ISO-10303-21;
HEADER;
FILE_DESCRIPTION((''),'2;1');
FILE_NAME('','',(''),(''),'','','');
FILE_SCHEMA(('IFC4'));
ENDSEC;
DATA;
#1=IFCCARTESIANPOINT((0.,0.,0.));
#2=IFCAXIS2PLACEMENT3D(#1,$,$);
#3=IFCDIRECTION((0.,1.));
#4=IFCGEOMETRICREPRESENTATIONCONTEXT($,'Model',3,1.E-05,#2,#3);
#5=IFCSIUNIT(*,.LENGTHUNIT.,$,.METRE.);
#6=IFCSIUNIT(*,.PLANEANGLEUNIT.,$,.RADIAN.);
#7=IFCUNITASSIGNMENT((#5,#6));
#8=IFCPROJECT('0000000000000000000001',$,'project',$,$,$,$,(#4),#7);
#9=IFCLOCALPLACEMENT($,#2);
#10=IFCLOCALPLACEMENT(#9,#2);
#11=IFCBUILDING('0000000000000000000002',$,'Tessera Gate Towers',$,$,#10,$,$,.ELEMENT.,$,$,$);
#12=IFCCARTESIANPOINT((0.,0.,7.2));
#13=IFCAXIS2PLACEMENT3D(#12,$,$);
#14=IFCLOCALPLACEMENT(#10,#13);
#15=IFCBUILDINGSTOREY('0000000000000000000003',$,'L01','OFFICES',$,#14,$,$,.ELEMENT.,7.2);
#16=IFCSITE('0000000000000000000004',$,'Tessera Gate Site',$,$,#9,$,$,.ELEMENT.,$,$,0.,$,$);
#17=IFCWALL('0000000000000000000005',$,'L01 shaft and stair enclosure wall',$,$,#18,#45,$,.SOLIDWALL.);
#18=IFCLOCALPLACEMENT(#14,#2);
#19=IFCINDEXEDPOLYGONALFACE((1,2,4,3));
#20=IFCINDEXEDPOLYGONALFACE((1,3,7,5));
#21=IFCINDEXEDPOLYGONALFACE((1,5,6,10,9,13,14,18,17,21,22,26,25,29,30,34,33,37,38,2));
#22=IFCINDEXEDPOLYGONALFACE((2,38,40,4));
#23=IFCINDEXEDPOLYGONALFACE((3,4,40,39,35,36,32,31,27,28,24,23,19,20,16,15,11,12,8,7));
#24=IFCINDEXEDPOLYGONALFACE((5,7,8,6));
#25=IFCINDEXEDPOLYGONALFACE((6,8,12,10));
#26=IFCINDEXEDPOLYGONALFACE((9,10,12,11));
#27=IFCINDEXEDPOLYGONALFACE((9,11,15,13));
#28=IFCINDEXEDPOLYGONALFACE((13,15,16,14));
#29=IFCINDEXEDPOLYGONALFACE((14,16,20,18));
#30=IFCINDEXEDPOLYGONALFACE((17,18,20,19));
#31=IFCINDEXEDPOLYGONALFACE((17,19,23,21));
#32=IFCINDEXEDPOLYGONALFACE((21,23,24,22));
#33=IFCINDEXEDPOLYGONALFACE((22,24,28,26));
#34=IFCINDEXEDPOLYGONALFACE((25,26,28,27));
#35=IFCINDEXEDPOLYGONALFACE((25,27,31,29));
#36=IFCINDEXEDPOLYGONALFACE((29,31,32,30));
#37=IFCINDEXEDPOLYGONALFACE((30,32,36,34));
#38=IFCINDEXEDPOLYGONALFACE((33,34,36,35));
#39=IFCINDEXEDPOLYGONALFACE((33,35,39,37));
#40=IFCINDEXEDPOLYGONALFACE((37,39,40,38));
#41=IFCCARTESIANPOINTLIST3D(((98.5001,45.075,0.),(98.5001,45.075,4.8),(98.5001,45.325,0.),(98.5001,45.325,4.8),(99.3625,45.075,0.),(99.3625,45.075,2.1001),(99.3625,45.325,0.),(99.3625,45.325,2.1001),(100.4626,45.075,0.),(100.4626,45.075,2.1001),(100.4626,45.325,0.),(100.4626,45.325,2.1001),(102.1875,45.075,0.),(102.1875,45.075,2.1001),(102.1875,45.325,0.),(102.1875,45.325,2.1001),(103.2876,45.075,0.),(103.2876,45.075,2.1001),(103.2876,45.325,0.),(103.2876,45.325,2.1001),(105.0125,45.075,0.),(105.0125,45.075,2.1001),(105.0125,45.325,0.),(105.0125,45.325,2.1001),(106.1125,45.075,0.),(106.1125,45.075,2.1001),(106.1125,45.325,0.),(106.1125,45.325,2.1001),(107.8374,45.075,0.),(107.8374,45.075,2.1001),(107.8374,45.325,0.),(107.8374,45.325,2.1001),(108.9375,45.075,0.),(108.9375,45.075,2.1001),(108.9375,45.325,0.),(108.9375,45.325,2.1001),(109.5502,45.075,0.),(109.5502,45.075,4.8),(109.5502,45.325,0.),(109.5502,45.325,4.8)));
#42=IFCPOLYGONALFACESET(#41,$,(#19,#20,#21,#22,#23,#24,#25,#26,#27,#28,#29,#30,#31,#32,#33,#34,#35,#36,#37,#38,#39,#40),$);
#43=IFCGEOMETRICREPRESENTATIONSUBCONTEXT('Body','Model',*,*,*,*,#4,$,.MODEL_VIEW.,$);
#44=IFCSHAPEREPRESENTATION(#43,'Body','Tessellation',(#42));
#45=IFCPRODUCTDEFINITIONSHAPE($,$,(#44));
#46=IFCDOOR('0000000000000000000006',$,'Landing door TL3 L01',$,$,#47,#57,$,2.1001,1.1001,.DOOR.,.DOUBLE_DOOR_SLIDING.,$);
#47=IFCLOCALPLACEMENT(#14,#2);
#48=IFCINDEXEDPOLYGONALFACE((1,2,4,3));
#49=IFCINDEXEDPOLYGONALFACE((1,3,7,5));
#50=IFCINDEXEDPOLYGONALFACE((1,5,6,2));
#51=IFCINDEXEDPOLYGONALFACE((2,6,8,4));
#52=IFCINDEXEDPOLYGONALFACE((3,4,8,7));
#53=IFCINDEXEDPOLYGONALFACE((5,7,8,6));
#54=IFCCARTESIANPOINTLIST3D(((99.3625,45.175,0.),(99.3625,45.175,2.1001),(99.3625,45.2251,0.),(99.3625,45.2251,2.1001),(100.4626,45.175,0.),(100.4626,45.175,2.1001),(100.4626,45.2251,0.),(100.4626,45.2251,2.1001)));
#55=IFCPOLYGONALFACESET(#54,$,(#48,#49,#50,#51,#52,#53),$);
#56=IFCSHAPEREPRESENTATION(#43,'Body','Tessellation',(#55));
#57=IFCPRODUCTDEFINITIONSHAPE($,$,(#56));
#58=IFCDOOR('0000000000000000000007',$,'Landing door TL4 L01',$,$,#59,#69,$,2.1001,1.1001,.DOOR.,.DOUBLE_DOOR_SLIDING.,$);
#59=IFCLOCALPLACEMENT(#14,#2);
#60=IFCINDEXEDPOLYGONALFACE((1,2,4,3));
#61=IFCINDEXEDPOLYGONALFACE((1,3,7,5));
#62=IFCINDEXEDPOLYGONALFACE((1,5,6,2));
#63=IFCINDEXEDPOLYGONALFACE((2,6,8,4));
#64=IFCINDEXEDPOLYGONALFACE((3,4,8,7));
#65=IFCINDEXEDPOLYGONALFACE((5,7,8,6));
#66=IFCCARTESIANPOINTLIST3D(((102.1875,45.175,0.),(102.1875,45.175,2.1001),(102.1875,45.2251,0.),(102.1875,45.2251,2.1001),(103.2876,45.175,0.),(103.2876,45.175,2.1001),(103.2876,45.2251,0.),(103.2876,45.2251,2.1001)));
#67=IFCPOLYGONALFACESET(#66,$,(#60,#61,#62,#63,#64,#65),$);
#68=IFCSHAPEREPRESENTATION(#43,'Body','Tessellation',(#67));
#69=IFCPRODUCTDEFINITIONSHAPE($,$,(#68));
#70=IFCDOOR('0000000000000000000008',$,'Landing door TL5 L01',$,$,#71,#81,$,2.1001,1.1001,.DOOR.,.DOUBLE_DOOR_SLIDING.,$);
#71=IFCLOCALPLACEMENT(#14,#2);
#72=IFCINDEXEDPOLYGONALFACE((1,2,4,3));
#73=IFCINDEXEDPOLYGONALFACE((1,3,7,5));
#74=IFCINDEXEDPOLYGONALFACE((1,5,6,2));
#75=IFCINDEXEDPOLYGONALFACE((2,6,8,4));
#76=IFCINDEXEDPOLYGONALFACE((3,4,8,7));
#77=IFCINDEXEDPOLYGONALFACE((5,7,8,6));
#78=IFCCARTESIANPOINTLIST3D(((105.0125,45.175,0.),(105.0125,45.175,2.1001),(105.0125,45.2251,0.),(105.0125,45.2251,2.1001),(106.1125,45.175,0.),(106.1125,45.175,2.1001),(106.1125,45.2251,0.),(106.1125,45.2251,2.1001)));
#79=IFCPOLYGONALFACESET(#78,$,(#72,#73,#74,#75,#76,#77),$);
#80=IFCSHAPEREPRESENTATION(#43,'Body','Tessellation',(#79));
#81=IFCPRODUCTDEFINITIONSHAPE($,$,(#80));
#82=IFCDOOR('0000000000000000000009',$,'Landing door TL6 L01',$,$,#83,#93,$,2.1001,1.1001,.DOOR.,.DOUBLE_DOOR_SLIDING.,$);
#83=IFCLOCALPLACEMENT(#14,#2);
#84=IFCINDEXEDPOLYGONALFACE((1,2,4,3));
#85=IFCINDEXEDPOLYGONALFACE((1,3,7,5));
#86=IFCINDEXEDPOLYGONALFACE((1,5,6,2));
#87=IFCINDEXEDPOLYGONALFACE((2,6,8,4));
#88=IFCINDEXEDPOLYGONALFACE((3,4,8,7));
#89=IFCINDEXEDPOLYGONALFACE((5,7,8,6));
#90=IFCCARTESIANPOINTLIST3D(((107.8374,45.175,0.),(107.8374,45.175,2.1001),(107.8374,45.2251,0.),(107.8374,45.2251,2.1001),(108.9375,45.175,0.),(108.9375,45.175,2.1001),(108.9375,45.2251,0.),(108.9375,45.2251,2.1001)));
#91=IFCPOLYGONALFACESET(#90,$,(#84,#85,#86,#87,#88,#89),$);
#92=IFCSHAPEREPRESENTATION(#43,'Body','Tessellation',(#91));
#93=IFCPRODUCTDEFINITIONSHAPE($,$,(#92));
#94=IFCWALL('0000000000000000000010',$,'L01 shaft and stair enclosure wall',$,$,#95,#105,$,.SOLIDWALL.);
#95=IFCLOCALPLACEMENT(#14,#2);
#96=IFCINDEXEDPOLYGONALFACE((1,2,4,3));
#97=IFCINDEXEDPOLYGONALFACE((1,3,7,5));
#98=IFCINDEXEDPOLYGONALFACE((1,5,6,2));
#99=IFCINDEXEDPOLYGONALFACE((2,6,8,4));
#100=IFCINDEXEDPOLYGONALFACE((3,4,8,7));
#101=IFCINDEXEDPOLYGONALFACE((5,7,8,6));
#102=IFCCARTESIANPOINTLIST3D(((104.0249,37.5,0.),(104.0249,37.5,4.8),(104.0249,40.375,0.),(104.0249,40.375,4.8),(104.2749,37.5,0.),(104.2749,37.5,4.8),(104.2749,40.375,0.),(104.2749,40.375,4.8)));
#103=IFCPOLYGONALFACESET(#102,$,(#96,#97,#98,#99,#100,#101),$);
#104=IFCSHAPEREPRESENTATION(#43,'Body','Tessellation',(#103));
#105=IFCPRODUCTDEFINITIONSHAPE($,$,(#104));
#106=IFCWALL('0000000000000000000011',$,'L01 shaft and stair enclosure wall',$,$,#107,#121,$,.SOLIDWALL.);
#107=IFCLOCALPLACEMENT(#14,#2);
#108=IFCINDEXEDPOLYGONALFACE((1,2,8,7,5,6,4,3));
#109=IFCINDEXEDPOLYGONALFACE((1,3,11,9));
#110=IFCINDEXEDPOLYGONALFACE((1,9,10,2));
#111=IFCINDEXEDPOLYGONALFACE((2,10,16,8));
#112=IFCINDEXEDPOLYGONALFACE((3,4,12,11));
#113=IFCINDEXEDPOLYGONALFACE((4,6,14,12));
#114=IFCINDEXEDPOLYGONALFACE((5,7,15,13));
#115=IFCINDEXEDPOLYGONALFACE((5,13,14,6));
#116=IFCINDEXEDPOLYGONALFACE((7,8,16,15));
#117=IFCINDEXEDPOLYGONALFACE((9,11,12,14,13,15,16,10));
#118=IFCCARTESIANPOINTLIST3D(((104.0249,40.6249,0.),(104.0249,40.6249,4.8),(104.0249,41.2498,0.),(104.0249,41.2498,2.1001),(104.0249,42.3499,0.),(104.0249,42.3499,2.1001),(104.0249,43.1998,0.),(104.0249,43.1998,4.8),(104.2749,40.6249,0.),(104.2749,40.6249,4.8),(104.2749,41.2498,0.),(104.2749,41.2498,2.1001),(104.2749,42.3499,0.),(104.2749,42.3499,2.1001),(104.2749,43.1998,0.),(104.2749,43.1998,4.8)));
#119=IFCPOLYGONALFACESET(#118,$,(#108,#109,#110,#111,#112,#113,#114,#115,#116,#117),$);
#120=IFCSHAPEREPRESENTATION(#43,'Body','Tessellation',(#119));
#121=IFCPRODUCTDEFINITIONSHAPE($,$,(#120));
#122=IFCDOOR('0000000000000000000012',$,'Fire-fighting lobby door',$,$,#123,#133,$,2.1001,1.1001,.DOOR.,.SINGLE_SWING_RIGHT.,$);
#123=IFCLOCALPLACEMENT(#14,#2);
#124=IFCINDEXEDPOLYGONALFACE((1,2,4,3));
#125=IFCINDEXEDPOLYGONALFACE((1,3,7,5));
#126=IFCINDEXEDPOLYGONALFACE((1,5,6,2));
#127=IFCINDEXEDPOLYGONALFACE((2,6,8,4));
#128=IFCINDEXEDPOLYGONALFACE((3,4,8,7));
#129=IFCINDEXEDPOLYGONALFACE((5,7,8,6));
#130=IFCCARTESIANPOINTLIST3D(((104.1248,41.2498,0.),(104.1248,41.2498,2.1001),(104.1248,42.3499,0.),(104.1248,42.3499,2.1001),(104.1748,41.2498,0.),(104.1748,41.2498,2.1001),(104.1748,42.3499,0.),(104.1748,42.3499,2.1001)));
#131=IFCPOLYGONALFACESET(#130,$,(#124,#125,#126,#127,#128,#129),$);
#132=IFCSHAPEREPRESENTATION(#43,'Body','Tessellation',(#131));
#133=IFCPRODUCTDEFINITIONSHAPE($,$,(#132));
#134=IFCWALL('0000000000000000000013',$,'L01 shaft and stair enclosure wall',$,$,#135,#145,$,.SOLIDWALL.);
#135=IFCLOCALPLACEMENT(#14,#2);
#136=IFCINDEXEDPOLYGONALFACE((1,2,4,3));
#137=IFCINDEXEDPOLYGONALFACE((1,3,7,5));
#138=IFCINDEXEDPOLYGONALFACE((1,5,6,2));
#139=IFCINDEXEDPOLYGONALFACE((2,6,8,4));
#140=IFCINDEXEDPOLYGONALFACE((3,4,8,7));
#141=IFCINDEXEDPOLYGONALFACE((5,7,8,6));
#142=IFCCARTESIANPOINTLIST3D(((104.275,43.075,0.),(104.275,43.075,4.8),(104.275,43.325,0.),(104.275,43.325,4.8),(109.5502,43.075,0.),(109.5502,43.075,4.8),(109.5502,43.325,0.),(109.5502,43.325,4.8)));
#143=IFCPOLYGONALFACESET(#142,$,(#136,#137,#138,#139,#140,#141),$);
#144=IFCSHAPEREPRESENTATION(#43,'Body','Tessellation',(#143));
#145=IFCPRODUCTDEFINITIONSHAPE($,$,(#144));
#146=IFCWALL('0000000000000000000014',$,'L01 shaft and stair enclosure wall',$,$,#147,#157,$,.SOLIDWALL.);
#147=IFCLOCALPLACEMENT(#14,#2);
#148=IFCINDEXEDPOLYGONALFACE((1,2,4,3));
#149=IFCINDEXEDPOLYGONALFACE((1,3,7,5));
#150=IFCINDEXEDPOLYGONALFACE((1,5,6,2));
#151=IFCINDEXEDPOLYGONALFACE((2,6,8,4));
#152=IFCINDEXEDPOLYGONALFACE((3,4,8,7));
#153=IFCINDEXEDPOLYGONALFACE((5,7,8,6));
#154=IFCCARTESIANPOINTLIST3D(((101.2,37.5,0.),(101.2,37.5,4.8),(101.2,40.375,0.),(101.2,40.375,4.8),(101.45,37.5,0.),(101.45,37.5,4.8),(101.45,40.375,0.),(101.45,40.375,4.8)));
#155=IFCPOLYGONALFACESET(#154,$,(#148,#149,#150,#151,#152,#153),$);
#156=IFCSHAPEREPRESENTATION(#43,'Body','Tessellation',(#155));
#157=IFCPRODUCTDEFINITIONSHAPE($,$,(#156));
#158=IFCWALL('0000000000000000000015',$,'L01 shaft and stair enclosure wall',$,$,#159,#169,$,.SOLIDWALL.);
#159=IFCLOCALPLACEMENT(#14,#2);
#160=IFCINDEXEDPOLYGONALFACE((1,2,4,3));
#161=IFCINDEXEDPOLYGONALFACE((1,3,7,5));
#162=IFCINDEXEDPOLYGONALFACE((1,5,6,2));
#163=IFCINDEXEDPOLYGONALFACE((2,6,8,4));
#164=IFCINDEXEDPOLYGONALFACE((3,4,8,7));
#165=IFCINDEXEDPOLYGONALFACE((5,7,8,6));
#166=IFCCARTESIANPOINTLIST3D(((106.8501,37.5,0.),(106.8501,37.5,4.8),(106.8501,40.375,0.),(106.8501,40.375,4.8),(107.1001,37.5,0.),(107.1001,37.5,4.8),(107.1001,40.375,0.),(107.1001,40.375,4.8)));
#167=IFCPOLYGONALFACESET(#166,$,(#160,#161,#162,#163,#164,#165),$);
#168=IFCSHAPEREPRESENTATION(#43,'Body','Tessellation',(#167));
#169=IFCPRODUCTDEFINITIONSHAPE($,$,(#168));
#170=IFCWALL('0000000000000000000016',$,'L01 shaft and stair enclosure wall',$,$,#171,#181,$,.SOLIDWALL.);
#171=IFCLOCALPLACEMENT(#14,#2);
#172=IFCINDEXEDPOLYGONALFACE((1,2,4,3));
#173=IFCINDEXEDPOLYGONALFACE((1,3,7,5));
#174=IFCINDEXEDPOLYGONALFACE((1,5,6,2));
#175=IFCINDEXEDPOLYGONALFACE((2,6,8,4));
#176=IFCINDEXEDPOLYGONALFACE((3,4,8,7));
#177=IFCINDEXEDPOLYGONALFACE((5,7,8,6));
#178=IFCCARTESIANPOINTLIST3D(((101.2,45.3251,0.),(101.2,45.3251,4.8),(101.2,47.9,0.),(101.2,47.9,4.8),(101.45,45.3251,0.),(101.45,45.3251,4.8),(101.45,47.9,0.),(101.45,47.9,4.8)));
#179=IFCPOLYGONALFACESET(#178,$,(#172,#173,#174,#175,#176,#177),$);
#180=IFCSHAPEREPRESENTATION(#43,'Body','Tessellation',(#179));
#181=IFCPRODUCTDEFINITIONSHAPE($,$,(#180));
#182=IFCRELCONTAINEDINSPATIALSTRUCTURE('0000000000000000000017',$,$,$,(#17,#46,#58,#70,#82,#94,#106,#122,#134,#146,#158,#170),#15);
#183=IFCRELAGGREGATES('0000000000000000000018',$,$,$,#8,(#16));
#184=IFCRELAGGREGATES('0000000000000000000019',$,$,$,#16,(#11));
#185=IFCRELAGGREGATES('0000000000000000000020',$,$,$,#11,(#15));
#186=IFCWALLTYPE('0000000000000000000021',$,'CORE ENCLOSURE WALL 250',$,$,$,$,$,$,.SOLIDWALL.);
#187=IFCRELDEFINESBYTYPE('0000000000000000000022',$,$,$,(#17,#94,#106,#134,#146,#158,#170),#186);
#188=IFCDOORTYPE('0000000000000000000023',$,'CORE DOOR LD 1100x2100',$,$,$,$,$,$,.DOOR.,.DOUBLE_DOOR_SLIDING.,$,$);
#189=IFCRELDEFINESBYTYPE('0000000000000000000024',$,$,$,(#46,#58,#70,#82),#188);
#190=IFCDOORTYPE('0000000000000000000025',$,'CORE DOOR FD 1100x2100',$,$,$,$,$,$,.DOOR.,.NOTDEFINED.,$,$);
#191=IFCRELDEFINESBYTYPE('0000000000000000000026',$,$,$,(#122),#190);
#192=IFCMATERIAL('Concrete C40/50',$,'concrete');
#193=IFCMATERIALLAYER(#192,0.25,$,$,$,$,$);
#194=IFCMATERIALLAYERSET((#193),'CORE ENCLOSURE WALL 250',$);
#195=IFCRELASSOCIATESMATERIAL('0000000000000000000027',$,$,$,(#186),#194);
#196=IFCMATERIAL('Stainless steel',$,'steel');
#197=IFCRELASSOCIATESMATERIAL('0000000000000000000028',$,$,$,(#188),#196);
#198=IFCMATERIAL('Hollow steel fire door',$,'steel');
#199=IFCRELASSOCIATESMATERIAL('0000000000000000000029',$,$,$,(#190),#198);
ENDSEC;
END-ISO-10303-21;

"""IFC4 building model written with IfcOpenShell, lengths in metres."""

from ifc_helpers import new_model, si_unit, direction, frame, frame_2d, origin, place, context, subcontext, project, spatial, rectangle, extrude, source, transform, mapped, material, layer, layer_set, type_object, element, fill, save


model = new_model("IFC4")

# Units and contexts
model_context = context("Model", 3, precision=1e-05, world=origin(), true_north=direction((0.0, 1.0)))
body_context = subcontext(model_context, "Body", "Model", "MODEL_VIEW")
ifc_project = project(units=[si_unit("LENGTHUNIT", "METRE"), si_unit("PLANEANGLEUNIT", "RADIAN")], contexts=[model_context])

# Site, building, storey
site_placement = place(None, origin())
site = spatial("IfcSite", under=ifc_project, at=site_placement, Name="Tessera Gate Site", CompositionType="ELEMENT", RefElevation=0.0)
building_placement = place(site_placement, origin())
building = spatial("IfcBuilding", under=site, at=building_placement, Name="Tessera Gate Towers", CompositionType="ELEMENT")
storey_placement = place(building_placement, frame((0.0, 0.0, 7.2)))
storey = spatial("IfcBuildingStorey", under=building, at=storey_placement, Name="L01", Description="OFFICES", CompositionType="ELEMENT", Elevation=7.2)

# Wall, openings, doors
ifc_material_1 = material(Name="Concrete C40/50", Category="concrete")
ifc_layer_1 = layer(ifc_material_1, 0.25)
ifc_layer_set_1 = layer_set([ifc_layer_1], Name="CORE ENCLOSURE WALL 250")
wall_type_1 = type_object("IfcWallType", Name="CORE ENCLOSURE WALL 250", PredefinedType="SOLIDWALL", material=ifc_layer_set_1)
shared_shape_1 = source(origin(), body_context, "Body", "SweptSolid", [
    extrude(rectangle(XDim=1.1001, YDim=2.1001, at=frame_2d((0.55, 1.05))), frame((0.0, 0.135, 0.0), z_axis=(0.0, -1.0, 0.0), x_axis=(1.0, 0.0, 0.0)), (0.0, 0.0, 1.0), 0.27),
])
ifc_material_2 = material(Name="Stainless steel", Category="steel")
door_type_1 = type_object("IfcDoorType", Name="CORE DOOR LD 1100x2100", OperationType="DOUBLE_DOOR_SLIDING", PredefinedType="DOOR", material=ifc_material_2)
shared_shape_2 = source(origin(), body_context, "Body", "SweptSolid", [
    extrude(rectangle(XDim=1.1001, YDim=2.1001, at=frame_2d((0.55, 1.05))), frame((0.0, 0.0249, 0.0), z_axis=(0.0, -1.0, 0.0), x_axis=(1.0, 0.0, 0.0)), (0.0, 0.0, 1.0), 0.05),
])
wall_1_placement = place(storey_placement, frame((109.55, 45.2, 0.0), z_axis=(0.0, 0.0, 1.0), x_axis=(-1.0, 0.0, 0.0)))
wall_1 = element("IfcWall", 1, at=wall_1_placement, inside=storey, type_object=wall_type_1, Name="L01 shaft and stair enclosure wall", PredefinedType="SOLIDWALL", context=body_context, shape_type="SweptSolid", body=[
    extrude(rectangle(XDim=11.05, YDim=0.25, at=frame_2d((5.5249, 0.0))), origin(), (0.0, 0.0, 1.0), 4.8),
])
opening_1_placement = place(wall_1_placement, frame((9.0874, 0.0, 0.0)))
opening_1 = element("IfcOpeningElement", 2, at=opening_1_placement, cuts=wall_1, PredefinedType="OPENING", context=body_context, shape_type="MappedRepresentation", body=[
    mapped(shared_shape_1, transform((0.0, 0.0, 0.0), scale=1.0)),
])
opening_2_placement = place(wall_1_placement, frame((6.2625, 0.0, 0.0)))
opening_2 = element("IfcOpeningElement", 3, at=opening_2_placement, cuts=wall_1, PredefinedType="OPENING", context=body_context, shape_type="MappedRepresentation", body=[
    mapped(shared_shape_1, transform((0.0, 0.0, 0.0), scale=1.0)),
])
opening_3_placement = place(wall_1_placement, frame((3.4375, 0.0, 0.0)))
opening_3 = element("IfcOpeningElement", 4, at=opening_3_placement, cuts=wall_1, PredefinedType="OPENING", context=body_context, shape_type="MappedRepresentation", body=[
    mapped(shared_shape_1, transform((0.0, 0.0, 0.0), scale=1.0)),
])
opening_4_placement = place(wall_1_placement, frame((0.6125, 0.0, 0.0)))
opening_4 = element("IfcOpeningElement", 5, at=opening_4_placement, cuts=wall_1, PredefinedType="OPENING", context=body_context, shape_type="MappedRepresentation", body=[
    mapped(shared_shape_1, transform((0.0, 0.0, 0.0), scale=1.0)),
])
door_1_placement = place(opening_1_placement, origin())
door_1 = element("IfcDoor", 6, at=door_1_placement, inside=storey, type_object=door_type_1, Name="Landing door TL3 L01", OperationType="DOUBLE_DOOR_SLIDING", OverallHeight=2.1001, OverallWidth=1.1001, PredefinedType="DOOR", context=body_context, shape_type="MappedRepresentation", body=[
    mapped(shared_shape_2, transform((0.0, 0.0, 0.0), scale=1.0)),
])
fill(opening_1, door_1)
door_2_placement = place(opening_2_placement, origin())
door_2 = element("IfcDoor", 7, at=door_2_placement, inside=storey, type_object=door_type_1, Name="Landing door TL4 L01", OperationType="DOUBLE_DOOR_SLIDING", OverallHeight=2.1001, OverallWidth=1.1001, PredefinedType="DOOR", context=body_context, shape_type="MappedRepresentation", body=[
    mapped(shared_shape_2, transform((0.0, 0.0, 0.0), scale=1.0)),
])
fill(opening_2, door_2)
door_3_placement = place(opening_3_placement, origin())
door_3 = element("IfcDoor", 8, at=door_3_placement, inside=storey, type_object=door_type_1, Name="Landing door TL5 L01", OperationType="DOUBLE_DOOR_SLIDING", OverallHeight=2.1001, OverallWidth=1.1001, PredefinedType="DOOR", context=body_context, shape_type="MappedRepresentation", body=[
    mapped(shared_shape_2, transform((0.0, 0.0, 0.0), scale=1.0)),
])
fill(opening_3, door_3)
door_4_placement = place(opening_4_placement, origin())
door_4 = element("IfcDoor", 9, at=door_4_placement, inside=storey, type_object=door_type_1, Name="Landing door TL6 L01", OperationType="DOUBLE_DOOR_SLIDING", OverallHeight=2.1001, OverallWidth=1.1001, PredefinedType="DOOR", context=body_context, shape_type="MappedRepresentation", body=[
    mapped(shared_shape_2, transform((0.0, 0.0, 0.0), scale=1.0)),
])
fill(opening_4, door_4)

# Wall
wall_2_placement = place(storey_placement, frame((104.1499, 37.5, 0.0), z_axis=(0.0, 0.0, 1.0), x_axis=(0.0, 1.0, 0.0)))
element("IfcWall", 10, at=wall_2_placement, inside=storey, type_object=wall_type_1, Name="L01 shaft and stair enclosure wall", PredefinedType="SOLIDWALL", context=body_context, shape_type="SweptSolid", body=[
    extrude(rectangle(XDim=2.875, YDim=0.25, at=frame_2d((1.4375, 0.0))), origin(), (0.0, 0.0, 1.0), 4.8),
])

# Wall, opening, door
wall_3_placement = place(storey_placement, frame((104.1499, 43.2, 0.0), z_axis=(0.0, 0.0, 1.0), x_axis=(0.0, -1.0, 0.0)))
wall_3 = element("IfcWall", 11, at=wall_3_placement, inside=storey, type_object=wall_type_1, Name="L01 shaft and stair enclosure wall", PredefinedType="SOLIDWALL", context=body_context, shape_type="SweptSolid", body=[
    extrude(rectangle(XDim=2.575, YDim=0.25, at=frame_2d((1.2876, 0.0))), origin(), (0.0, 0.0, 1.0), 4.8),
])
opening_5_placement = place(wall_3_placement, frame((0.8501, 0.0, 0.0)))
opening_5 = element("IfcOpeningElement", 12, at=opening_5_placement, cuts=wall_3, PredefinedType="OPENING", context=body_context, shape_type="MappedRepresentation", body=[
    mapped(shared_shape_1, transform((0.0, 0.0, 0.0), scale=1.0)),
])
ifc_material_3 = material(Name="Hollow steel fire door", Category="steel")
door_type_2 = type_object("IfcDoorType", Name="CORE DOOR FD 1100x2100", OperationType="NOTDEFINED", PredefinedType="DOOR", material=ifc_material_3)
door_5_placement = place(opening_5_placement, origin())
door_5 = element("IfcDoor", 13, at=door_5_placement, inside=storey, type_object=door_type_2, Name="Fire-fighting lobby door", OperationType="SINGLE_SWING_RIGHT", OverallHeight=2.1001, OverallWidth=1.1001, PredefinedType="DOOR", context=body_context, shape_type="MappedRepresentation", body=[
    mapped(shared_shape_2, transform((0.0, 0.0, 0.0), scale=1.0)),
])
fill(opening_5, door_5)

# Walls
wall_4_placement = place(storey_placement, frame((104.2749, 43.2, 0.0), z_axis=(0.0, 0.0, 1.0), x_axis=(1.0, 0.0, 0.0)))
element("IfcWall", 14, at=wall_4_placement, inside=storey, type_object=wall_type_1, Name="L01 shaft and stair enclosure wall", PredefinedType="SOLIDWALL", context=body_context, shape_type="SweptSolid", body=[
    extrude(rectangle(XDim=5.2751, YDim=0.25, at=frame_2d((2.6377, 0.0))), origin(), (0.0, 0.0, 1.0), 4.8),
])
for number, where, z_axis, x_axis, name in (
    (15, (101.325, 37.5, 0.0), (0.0, 0.0, 1.0), (0.0, 1.0, 0.0), "L01 shaft and stair enclosure wall"),
    (16, (106.9751, 37.5, 0.0), (0.0, 0.0, 1.0), (0.0, 1.0, 0.0), "L01 shaft and stair enclosure wall"),
):
    element("IfcWall", number, at=place(storey_placement, frame(where, z_axis=z_axis, x_axis=x_axis)), inside=storey, type_object=wall_type_1, Name=name, PredefinedType="SOLIDWALL", context=body_context, shape_type="SweptSolid", body=[
        extrude(rectangle(XDim=2.875, YDim=0.25, at=frame_2d((1.4375, 0.0))), origin(), (0.0, 0.0, 1.0), 4.8),
    ])
for number, where, z_axis, x_axis, name in (
    (17, (101.325, 45.325, 0.0), (0.0, 0.0, 1.0), (0.0, 1.0, 0.0), "L01 shaft and stair enclosure wall"),
):
    element("IfcWall", number, at=place(storey_placement, frame(where, z_axis=z_axis, x_axis=x_axis)), inside=storey, type_object=wall_type_1, Name=name, PredefinedType="SOLIDWALL", context=body_context, shape_type="SweptSolid", body=[
        extrude(rectangle(XDim=2.575, YDim=0.25, at=frame_2d((1.2876, 0.0))), origin(), (0.0, 0.0, 1.0), 4.8),
    ])

save(model, "model.ifc")
